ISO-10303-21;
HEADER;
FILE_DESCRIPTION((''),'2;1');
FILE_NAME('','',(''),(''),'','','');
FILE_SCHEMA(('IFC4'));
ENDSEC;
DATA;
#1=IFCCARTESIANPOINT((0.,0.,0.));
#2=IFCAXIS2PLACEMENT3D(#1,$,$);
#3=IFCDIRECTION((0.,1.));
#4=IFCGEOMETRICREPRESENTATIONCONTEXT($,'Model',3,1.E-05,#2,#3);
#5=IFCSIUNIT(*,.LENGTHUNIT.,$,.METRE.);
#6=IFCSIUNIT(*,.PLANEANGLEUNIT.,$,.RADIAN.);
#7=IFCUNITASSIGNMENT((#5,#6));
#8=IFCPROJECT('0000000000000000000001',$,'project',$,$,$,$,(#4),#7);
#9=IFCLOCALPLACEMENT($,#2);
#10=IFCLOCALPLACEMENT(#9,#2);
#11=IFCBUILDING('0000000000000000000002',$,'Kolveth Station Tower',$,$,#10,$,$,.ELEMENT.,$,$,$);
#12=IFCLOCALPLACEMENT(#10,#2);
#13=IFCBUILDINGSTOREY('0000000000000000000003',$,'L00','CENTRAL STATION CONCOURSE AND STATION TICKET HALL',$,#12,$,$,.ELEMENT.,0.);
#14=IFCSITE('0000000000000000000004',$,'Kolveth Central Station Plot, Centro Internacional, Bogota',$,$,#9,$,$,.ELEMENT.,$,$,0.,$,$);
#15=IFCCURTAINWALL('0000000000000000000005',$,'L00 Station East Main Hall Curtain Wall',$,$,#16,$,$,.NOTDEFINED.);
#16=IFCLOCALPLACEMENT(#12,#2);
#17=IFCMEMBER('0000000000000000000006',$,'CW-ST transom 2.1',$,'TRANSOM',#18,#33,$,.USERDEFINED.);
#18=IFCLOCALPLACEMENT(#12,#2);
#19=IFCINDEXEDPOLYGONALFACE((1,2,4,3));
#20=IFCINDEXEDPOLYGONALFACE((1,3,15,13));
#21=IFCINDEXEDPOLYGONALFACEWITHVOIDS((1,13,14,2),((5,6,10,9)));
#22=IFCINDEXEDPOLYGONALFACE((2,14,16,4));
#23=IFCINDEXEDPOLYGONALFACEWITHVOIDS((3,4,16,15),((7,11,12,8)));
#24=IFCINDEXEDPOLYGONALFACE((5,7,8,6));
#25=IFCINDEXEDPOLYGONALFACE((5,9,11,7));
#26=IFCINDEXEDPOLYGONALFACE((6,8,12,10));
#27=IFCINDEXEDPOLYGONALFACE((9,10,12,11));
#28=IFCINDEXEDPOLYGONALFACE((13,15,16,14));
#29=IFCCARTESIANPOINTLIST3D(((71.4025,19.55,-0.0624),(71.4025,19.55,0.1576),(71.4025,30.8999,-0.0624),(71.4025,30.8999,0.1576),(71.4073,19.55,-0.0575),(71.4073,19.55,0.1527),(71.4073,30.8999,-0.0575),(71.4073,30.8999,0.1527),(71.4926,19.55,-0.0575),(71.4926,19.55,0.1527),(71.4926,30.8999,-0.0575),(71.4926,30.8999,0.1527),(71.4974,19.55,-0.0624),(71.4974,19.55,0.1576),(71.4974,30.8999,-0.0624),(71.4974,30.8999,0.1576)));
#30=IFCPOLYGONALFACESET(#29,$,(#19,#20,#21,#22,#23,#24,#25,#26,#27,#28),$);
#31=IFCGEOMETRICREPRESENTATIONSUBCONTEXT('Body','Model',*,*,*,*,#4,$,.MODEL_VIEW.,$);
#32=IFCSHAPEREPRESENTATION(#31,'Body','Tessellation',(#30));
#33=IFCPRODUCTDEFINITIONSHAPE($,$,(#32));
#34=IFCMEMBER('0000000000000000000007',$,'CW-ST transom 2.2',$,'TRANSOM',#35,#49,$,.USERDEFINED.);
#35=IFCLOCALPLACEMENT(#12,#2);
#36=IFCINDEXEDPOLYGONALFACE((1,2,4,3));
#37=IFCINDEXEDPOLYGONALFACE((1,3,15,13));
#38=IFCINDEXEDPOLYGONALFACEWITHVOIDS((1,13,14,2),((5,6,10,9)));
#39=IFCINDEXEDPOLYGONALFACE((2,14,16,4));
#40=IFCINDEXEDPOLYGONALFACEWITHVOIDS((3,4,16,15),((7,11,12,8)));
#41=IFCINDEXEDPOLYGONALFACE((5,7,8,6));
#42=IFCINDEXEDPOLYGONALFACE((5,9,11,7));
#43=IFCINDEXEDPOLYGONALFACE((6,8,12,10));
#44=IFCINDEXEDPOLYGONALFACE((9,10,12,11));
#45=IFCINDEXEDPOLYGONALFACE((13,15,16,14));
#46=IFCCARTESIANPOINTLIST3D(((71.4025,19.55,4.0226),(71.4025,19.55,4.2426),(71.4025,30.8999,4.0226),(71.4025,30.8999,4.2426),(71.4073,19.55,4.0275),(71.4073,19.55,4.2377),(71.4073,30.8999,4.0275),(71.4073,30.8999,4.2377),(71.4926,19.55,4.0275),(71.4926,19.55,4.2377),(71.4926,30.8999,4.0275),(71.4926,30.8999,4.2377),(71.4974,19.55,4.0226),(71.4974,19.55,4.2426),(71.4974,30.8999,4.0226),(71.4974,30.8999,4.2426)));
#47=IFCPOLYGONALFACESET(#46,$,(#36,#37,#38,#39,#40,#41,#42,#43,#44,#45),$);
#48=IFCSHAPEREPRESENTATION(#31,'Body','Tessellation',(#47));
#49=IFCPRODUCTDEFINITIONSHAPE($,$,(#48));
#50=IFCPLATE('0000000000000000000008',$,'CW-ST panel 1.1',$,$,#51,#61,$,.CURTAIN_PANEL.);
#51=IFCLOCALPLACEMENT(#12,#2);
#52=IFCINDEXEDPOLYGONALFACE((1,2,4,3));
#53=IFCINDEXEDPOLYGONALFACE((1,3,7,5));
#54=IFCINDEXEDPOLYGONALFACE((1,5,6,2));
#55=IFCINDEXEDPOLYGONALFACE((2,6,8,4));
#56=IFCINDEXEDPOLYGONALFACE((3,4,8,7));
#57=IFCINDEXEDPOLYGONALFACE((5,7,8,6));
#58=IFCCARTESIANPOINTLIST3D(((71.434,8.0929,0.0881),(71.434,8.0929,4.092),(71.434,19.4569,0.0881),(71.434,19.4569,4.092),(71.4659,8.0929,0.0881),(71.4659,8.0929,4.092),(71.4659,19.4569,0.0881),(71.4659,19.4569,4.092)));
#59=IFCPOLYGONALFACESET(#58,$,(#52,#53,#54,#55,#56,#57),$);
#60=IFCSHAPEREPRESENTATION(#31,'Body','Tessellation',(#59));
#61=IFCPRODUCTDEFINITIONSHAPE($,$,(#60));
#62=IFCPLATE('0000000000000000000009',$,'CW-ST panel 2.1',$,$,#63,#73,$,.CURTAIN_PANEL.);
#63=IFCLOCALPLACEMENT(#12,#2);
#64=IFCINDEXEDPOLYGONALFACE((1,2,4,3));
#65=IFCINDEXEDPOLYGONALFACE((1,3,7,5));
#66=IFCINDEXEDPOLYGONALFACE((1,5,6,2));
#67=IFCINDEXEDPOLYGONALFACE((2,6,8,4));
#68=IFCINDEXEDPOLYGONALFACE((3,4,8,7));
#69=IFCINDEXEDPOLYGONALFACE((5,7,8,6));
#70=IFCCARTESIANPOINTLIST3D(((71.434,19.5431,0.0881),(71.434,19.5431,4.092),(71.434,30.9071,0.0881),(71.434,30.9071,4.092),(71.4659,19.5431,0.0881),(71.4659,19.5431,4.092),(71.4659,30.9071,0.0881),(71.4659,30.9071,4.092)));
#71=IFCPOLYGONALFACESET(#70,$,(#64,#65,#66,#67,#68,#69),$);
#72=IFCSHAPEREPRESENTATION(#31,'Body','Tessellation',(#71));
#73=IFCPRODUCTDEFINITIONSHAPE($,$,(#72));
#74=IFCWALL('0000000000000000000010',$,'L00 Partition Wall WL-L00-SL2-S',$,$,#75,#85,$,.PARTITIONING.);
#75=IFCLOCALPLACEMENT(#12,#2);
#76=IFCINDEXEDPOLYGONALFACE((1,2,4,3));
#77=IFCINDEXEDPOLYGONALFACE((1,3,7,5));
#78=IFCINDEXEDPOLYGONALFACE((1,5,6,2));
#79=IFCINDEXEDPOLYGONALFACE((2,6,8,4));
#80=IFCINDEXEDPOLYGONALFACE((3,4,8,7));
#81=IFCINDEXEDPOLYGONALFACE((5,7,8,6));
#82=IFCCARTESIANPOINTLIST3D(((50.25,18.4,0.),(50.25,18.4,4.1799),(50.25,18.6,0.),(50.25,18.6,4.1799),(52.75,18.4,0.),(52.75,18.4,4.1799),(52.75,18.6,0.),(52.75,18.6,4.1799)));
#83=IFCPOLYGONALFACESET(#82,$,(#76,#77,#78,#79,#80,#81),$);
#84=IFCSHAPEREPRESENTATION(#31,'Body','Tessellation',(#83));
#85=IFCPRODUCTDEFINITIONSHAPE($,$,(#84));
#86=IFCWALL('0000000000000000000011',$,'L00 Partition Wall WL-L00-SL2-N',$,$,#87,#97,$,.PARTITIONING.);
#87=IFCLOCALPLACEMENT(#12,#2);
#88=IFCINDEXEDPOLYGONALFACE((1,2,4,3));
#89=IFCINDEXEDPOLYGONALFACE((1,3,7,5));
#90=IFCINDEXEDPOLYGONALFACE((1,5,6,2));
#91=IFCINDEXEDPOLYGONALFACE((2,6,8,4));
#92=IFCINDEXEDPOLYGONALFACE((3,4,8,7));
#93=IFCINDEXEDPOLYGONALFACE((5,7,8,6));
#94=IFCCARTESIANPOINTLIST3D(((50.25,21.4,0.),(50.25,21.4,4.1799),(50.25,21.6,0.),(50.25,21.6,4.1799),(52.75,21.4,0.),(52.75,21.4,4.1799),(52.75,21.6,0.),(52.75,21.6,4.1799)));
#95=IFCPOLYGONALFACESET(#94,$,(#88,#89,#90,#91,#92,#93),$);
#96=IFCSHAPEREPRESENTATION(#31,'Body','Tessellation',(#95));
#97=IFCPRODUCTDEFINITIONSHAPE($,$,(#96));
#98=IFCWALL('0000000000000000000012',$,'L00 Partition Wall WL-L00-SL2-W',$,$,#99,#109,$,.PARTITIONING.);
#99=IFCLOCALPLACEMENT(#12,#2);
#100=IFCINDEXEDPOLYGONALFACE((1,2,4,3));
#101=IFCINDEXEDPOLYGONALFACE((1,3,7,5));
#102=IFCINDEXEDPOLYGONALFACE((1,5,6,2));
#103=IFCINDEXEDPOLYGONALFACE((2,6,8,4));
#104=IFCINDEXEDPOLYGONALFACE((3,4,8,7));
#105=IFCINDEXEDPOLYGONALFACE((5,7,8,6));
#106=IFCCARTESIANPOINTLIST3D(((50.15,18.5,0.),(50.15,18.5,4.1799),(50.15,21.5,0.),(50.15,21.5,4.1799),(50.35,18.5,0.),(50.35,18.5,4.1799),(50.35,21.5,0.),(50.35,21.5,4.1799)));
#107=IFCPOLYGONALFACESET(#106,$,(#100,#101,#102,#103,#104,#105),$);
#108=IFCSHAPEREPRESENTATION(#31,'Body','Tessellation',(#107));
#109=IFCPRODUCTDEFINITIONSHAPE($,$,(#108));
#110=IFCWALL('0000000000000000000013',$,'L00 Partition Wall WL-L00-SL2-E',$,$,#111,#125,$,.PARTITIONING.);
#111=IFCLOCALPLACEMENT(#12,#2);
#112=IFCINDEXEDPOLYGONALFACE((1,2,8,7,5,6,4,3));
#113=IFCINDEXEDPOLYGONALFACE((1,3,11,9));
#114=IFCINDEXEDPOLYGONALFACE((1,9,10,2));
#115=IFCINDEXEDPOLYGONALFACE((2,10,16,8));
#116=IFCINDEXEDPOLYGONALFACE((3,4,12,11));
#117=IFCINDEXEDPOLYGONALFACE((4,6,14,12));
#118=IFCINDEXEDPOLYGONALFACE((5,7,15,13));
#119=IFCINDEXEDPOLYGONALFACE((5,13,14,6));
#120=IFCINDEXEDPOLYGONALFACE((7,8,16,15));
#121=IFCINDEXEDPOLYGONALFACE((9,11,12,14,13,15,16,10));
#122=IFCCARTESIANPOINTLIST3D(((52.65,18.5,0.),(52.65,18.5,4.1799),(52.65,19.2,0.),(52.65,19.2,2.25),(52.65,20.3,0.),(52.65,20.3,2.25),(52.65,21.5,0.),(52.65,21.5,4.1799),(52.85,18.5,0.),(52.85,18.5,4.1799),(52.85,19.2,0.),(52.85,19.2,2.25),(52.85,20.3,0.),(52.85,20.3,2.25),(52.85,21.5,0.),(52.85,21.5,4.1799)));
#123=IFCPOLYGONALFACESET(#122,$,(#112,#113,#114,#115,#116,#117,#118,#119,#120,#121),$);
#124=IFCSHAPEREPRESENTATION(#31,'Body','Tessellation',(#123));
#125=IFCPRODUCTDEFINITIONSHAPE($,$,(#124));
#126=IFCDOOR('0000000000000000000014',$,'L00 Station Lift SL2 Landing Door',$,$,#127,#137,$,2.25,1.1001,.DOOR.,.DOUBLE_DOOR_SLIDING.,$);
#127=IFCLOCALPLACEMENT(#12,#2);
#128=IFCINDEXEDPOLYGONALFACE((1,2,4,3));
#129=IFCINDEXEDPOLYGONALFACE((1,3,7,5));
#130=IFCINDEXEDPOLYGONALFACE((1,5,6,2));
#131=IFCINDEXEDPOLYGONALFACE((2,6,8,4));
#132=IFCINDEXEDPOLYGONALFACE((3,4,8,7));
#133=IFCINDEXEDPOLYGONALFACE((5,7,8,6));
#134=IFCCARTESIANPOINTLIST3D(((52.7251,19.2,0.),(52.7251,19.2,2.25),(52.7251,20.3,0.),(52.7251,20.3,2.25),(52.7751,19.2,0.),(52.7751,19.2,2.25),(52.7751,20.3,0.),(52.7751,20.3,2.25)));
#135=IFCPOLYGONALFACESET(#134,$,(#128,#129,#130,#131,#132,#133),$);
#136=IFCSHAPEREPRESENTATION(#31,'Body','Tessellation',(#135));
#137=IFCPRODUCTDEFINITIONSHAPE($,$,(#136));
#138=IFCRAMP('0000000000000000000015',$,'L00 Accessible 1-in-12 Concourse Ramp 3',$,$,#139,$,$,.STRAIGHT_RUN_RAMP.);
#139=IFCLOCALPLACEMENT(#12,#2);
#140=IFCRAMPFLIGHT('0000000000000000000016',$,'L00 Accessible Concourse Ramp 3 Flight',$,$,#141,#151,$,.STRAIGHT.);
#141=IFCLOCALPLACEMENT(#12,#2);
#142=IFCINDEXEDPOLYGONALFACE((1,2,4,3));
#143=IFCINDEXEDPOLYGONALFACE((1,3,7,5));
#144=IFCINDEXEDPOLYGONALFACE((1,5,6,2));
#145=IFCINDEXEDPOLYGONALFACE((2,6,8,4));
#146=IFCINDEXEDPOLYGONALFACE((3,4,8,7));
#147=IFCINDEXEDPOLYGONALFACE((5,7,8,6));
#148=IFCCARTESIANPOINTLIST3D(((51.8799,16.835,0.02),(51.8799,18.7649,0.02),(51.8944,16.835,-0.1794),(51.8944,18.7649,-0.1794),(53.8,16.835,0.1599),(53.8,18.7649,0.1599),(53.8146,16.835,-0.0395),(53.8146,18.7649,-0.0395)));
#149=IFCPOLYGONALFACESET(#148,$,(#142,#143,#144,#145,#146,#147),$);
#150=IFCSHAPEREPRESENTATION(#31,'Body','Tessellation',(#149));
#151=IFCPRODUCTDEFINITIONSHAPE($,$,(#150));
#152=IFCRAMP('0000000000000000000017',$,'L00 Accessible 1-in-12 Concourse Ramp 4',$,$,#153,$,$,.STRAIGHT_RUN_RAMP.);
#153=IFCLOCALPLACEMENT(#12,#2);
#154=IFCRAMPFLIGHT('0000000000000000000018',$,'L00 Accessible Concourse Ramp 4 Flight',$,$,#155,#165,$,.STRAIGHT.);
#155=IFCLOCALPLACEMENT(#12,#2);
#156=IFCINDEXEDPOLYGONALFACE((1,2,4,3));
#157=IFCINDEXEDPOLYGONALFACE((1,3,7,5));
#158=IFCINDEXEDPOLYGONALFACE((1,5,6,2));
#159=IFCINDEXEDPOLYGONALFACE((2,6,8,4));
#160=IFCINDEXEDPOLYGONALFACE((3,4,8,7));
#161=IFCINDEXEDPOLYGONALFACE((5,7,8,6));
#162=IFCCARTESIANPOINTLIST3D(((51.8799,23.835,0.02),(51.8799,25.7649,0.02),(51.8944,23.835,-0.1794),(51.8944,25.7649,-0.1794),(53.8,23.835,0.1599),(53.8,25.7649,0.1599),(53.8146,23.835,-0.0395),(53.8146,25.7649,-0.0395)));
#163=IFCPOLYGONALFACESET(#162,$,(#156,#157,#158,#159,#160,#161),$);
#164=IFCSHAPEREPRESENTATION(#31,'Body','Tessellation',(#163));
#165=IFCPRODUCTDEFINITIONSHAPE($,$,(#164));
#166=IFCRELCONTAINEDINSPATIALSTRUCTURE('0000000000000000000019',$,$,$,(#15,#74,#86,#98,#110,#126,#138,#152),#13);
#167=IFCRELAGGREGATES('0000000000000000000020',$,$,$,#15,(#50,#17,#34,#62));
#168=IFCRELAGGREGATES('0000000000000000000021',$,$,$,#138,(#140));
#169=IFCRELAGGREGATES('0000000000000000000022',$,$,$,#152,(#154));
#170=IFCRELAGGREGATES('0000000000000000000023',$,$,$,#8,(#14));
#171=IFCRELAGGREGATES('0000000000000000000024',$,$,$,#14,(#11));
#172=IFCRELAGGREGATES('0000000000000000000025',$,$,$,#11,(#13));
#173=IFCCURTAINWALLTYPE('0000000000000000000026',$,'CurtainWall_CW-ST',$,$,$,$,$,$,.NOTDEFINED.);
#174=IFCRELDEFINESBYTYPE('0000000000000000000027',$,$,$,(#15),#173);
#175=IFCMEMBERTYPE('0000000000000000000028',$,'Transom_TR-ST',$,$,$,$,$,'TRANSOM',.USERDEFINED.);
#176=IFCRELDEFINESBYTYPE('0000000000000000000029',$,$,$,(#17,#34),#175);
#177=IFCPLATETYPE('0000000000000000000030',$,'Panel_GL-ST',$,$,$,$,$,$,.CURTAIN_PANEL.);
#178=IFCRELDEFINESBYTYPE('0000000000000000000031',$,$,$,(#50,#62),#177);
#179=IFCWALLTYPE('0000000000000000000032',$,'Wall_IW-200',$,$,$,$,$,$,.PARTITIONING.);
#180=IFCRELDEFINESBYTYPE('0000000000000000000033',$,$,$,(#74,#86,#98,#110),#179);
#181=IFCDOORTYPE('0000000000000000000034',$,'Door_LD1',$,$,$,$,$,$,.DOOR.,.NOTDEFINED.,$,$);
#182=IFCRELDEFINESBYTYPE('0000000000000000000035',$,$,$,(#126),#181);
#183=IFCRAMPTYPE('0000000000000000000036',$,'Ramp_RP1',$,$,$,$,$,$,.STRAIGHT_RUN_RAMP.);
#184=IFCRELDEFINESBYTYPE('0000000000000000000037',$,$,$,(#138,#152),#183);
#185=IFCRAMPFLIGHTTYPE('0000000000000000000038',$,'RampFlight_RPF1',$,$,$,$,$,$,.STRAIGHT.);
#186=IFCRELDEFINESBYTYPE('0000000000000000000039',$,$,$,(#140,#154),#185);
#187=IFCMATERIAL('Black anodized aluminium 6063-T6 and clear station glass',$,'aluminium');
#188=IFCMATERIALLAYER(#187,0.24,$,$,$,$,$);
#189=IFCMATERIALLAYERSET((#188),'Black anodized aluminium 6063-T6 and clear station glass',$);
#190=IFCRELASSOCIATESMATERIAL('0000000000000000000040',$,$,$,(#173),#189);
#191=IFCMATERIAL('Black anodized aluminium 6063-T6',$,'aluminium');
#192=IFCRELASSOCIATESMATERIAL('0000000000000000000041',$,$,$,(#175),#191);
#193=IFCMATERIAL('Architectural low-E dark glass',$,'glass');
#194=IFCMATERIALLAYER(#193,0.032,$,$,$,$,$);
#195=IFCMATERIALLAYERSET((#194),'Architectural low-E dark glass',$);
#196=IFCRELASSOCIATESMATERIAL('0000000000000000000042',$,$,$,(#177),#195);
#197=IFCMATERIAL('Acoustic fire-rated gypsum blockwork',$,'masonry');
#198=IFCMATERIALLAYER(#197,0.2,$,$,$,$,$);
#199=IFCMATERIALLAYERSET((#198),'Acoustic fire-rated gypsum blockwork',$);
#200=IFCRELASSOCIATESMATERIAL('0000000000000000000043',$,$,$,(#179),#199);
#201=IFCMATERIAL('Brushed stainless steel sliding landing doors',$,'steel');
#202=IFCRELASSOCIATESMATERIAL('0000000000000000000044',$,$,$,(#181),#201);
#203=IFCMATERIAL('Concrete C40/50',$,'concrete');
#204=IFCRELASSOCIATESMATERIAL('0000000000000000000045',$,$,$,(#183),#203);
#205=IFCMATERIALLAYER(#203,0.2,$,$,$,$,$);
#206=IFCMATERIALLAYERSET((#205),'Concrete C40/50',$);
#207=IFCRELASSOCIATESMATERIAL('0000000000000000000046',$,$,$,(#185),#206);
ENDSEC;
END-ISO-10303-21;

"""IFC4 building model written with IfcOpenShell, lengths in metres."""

from ifc_helpers import new_model, si_unit, direction, frame, frame_2d, origin, origin_2d, place, context, subcontext, project, spatial, polyline, rectangle, hollow_rectangle, outline, extrude, source, transform, mapped, material, layer, layer_set, material_profile, profile_set, type_object, element, fill, aggregate, save


model = new_model("IFC4")

# Units and contexts
model_context = context("Model", 3, precision=1e-05, world=origin(), true_north=direction((0.0, 1.0)))
body_context = subcontext(model_context, "Body", "Model", "MODEL_VIEW")
ifc_project = project(units=[si_unit("LENGTHUNIT", "METRE"), si_unit("PLANEANGLEUNIT", "RADIAN")], contexts=[model_context])

# Site, building, storey
site_placement = place(None, origin())
site = spatial("IfcSite", under=ifc_project, at=site_placement, Name="Kolveth Central Station Plot, Centro Internacional, Bogota", CompositionType="ELEMENT", RefElevation=0.0)
building_placement = place(site_placement, origin())
building = spatial("IfcBuilding", under=site, at=building_placement, Name="Kolveth Station Tower", CompositionType="ELEMENT")
storey_placement = place(building_placement, origin())
storey = spatial("IfcBuildingStorey", under=building, at=storey_placement, Name="L00", Description="CENTRAL STATION CONCOURSE AND STATION TICKET HALL", CompositionType="ELEMENT", Elevation=0.0)

# Curtain wall, members, plates
ifc_material_1 = material(Name="Black anodized aluminium 6063-T6 and clear station glass", Category="aluminium")
ifc_layer_1 = layer(ifc_material_1, 0.24)
ifc_layer_set_1 = layer_set([ifc_layer_1], Name="Black anodized aluminium 6063-T6 and clear station glass")
curtain_wall_type = type_object("IfcCurtainWallType", Name="CurtainWall_CW-ST", PredefinedType="NOTDEFINED", material=ifc_layer_set_1)
curtain_wall_placement = place(storey_placement, origin())
curtain_wall = element("IfcCurtainWall", 1, at=curtain_wall_placement, inside=storey, type_object=curtain_wall_type, Name="L00 Station East Main Hall Curtain Wall", PredefinedType="NOTDEFINED")
ifc_material_2 = material(Name="Black anodized aluminium 6063-T6", Category="aluminium")
ifc_material_profile_1 = material_profile(ifc_material_2, hollow_rectangle(XDim=0.095, YDim=0.22, WallThickness=0.0049, at=origin_2d()), Name="ALU-95x220x5")
ifc_profile_set_1 = profile_set([ifc_material_profile_1], Name="Black anodized aluminium 6063-T6")
member_type_1 = type_object("IfcMemberType", Name="Transom_TR-ST", ElementType="TRANSOM", PredefinedType="USERDEFINED", material=ifc_profile_set_1)
shared_shape_1 = source(origin(), body_context, "Body", "SweptSolid", [
    extrude(hollow_rectangle(XDim=0.095, YDim=0.22, WallThickness=0.0049, at=origin_2d()), origin(), (0.0, 0.0, 1.0), 11.3499),
])
member_1_placement = place(storey_placement, frame((71.45, 19.55, 0.0476), z_axis=(0.0, 1.0, 0.0), x_axis=(-1.0, 0.0, 0.0)))
member_1 = element("IfcMember", 2, at=member_1_placement, type_object=member_type_1, Name="CW-ST transom 2.1", ObjectType="TRANSOM", PredefinedType="USERDEFINED", context=body_context, shape_type="MappedRepresentation", body=[
    mapped(shared_shape_1, transform((0.0, 0.0, 0.0), x_axis=(1.0, 0.0, 0.0), y_axis=(0.0, 1.0, 0.0), z_axis=(0.0, 0.0, 1.0), scale=1.0)),
])
member_2_placement = place(storey_placement, frame((71.45, 19.55, 4.1326), z_axis=(0.0, 1.0, 0.0), x_axis=(-1.0, 0.0, 0.0)))
member_2 = element("IfcMember", 3, at=member_2_placement, type_object=member_type_1, Name="CW-ST transom 2.2", ObjectType="TRANSOM", PredefinedType="USERDEFINED", context=body_context, shape_type="MappedRepresentation", body=[
    mapped(shared_shape_1, transform((0.0, 0.0, 0.0), x_axis=(1.0, 0.0, 0.0), y_axis=(0.0, 1.0, 0.0), z_axis=(0.0, 0.0, 1.0), scale=1.0)),
])
ifc_material_3 = material(Name="Architectural low-E dark glass", Category="glass")
ifc_layer_2 = layer(ifc_material_3, 0.032)
ifc_layer_set_2 = layer_set([ifc_layer_2], Name="Architectural low-E dark glass")
plate_type = type_object("IfcPlateType", Name="Panel_GL-ST", PredefinedType="CURTAIN_PANEL", material=ifc_layer_set_2)
shared_shape_2 = source(origin(), body_context, "Body", "SweptSolid", [
    extrude(rectangle(XDim=11.364, YDim=0.032, at=origin_2d()), origin(), (0.0, 0.0, 1.0), 4.0039),
])
plate_1_placement = place(storey_placement, frame((71.45, 13.7749, 0.0881), z_axis=(0.0, 0.0, 1.0), x_axis=(0.0, 1.0, 0.0)))
plate_1 = element("IfcPlate", 4, at=plate_1_placement, type_object=plate_type, Name="CW-ST panel 1.1", PredefinedType="CURTAIN_PANEL", context=body_context, shape_type="MappedRepresentation", body=[
    mapped(shared_shape_2, transform((0.0, 0.0, 0.0), x_axis=(1.0, 0.0, 0.0), y_axis=(0.0, 1.0, 0.0), z_axis=(0.0, 0.0, 1.0), scale=1.0)),
])
plate_2_placement = place(storey_placement, frame((71.45, 25.2251, 0.0881), z_axis=(0.0, 0.0, 1.0), x_axis=(0.0, 1.0, 0.0)))
plate_2 = element("IfcPlate", 5, at=plate_2_placement, type_object=plate_type, Name="CW-ST panel 2.1", PredefinedType="CURTAIN_PANEL", context=body_context, shape_type="MappedRepresentation", body=[
    mapped(shared_shape_2, transform((0.0, 0.0, 0.0), x_axis=(1.0, 0.0, 0.0), y_axis=(0.0, 1.0, 0.0), z_axis=(0.0, 0.0, 1.0), scale=1.0)),
])
aggregate(curtain_wall, [plate_1, member_1, member_2, plate_2])

# Walls
ifc_material_4 = material(Name="Acoustic fire-rated gypsum blockwork", Category="masonry")
ifc_layer_3 = layer(ifc_material_4, 0.2)
ifc_layer_set_3 = layer_set([ifc_layer_3], Name="Acoustic fire-rated gypsum blockwork")
wall_type = type_object("IfcWallType", Name="Wall_IW-200", PredefinedType="PARTITIONING", material=ifc_layer_set_3)
for number, where, z_axis, x_axis, name in (
    (6, (50.25, 18.5, 0.0), (0.0, 0.0, 1.0), (1.0, 0.0, 0.0), "L00 Partition Wall WL-L00-SL2-S"),
    (7, (50.25, 21.5, 0.0), (0.0, 0.0, 1.0), (1.0, 0.0, 0.0), "L00 Partition Wall WL-L00-SL2-N"),
):
    element("IfcWall", number, at=place(storey_placement, frame(where, z_axis=z_axis, x_axis=x_axis)), inside=storey, type_object=wall_type, Name=name, PredefinedType="PARTITIONING", context=body_context, shape_type="SweptSolid", body=[
        extrude(rectangle(XDim=2.5, YDim=0.2, at=frame_2d((1.25, 0.0))), origin(), (0.0, 0.0, 1.0), 4.1799),
    ])
wall_1_placement = place(storey_placement, frame((50.25, 18.5, 0.0), z_axis=(0.0, 0.0, 1.0), x_axis=(0.0, 1.0, 0.0)))
element("IfcWall", 8, at=wall_1_placement, inside=storey, type_object=wall_type, Name="L00 Partition Wall WL-L00-SL2-W", PredefinedType="PARTITIONING", context=body_context, shape_type="SweptSolid", body=[
    extrude(rectangle(XDim=3.0, YDim=0.2, at=frame_2d((1.5, 0.0))), origin(), (0.0, 0.0, 1.0), 4.1799),
])

# Wall, opening, door
wall_2_placement = place(storey_placement, frame((52.75, 18.5, 0.0), z_axis=(0.0, 0.0, 1.0), x_axis=(0.0, 1.0, 0.0)))
wall_2 = element("IfcWall", 9, at=wall_2_placement, inside=storey, type_object=wall_type, Name="L00 Partition Wall WL-L00-SL2-E", PredefinedType="PARTITIONING", context=body_context, shape_type="SweptSolid", body=[
    extrude(rectangle(XDim=3.0, YDim=0.2, at=frame_2d((1.5, 0.0))), origin(), (0.0, 0.0, 1.0), 4.1799),
])
opening_placement = place(wall_2_placement, frame((0.7, 0.0, 0.0)))
opening = element("IfcOpeningElement", 10, at=opening_placement, cuts=wall_2, PredefinedType="OPENING", context=body_context, shape_type="SweptSolid", body=[
    extrude(rectangle(XDim=1.1001, YDim=2.25, at=frame_2d((0.55, 1.125))), frame((0.0, 0.1099, 0.0), z_axis=(0.0, -1.0, 0.0), x_axis=(1.0, 0.0, 0.0)), (0.0, 0.0, 1.0), 0.22),
])
ifc_material_5 = material(Name="Brushed stainless steel sliding landing doors", Category="steel")
door_type = type_object("IfcDoorType", Name="Door_LD1", OperationType="NOTDEFINED", PredefinedType="DOOR", material=ifc_material_5)
door_placement = place(opening_placement, origin())
door = element("IfcDoor", 11, at=door_placement, inside=storey, type_object=door_type, Name="L00 Station Lift SL2 Landing Door", OperationType="DOUBLE_DOOR_SLIDING", OverallHeight=2.25, OverallWidth=1.1001, PredefinedType="DOOR", context=body_context, shape_type="SweptSolid", body=[
    extrude(rectangle(XDim=1.1001, YDim=2.25, at=frame_2d((0.55, 1.125))), frame((0.0, 0.0249, 0.0), z_axis=(0.0, -1.0, 0.0), x_axis=(1.0, 0.0, 0.0)), (0.0, 0.0, 1.0), 0.05),
])
fill(opening, door)

# Ramps, ramp flights
ifc_material_6 = material(Name="Concrete C40/50", Category="concrete")
ramp_type = type_object("IfcRampType", Name="Ramp_RP1", PredefinedType="STRAIGHT_RUN_RAMP", material=ifc_material_6)
ramp_1_placement = place(storey_placement, origin())
ramp_1 = element("IfcRamp", 12, at=ramp_1_placement, inside=storey, type_object=ramp_type, Name="L00 Accessible 1-in-12 Concourse Ramp 3", PredefinedType="STRAIGHT_RUN_RAMP")
ifc_layer_4 = layer(ifc_material_6, 0.2)
ifc_layer_set_4 = layer_set([ifc_layer_4], Name="Concrete C40/50")
ramp_flight_type = type_object("IfcRampFlightType", Name="RampFlight_RPF1", PredefinedType="STRAIGHT", material=ifc_layer_set_4)
ramp_flight_1_placement = place(storey_placement, frame((51.8799, 16.835, 0.02), z_axis=(-0.072662, 0.0, 0.997357), x_axis=(0.997357, 0.0, 0.072662)))
ramp_flight_1 = element("IfcRampFlight", 13, at=ramp_flight_1_placement, type_object=ramp_flight_type, Name="L00 Accessible Concourse Ramp 3 Flight", PredefinedType="STRAIGHT", context=body_context, shape_type="SweptSolid", body=[
    extrude(outline(polyline([(0.0, 0.0), (1.9253, 0.0), (1.9253, 1.9299), (0.0, 1.9299), (0.0, 0.0)])), origin(), (0.0, 0.0, -1.0), 0.2),
])
aggregate(ramp_1, [ramp_flight_1])
ramp_2_placement = place(storey_placement, origin())
ramp_2 = element("IfcRamp", 14, at=ramp_2_placement, inside=storey, type_object=ramp_type, Name="L00 Accessible 1-in-12 Concourse Ramp 4", PredefinedType="STRAIGHT_RUN_RAMP")
ramp_flight_2_placement = place(storey_placement, frame((51.8799, 23.835, 0.02), z_axis=(-0.072662, 0.0, 0.997357), x_axis=(0.997357, 0.0, 0.072662)))
ramp_flight_2 = element("IfcRampFlight", 15, at=ramp_flight_2_placement, type_object=ramp_flight_type, Name="L00 Accessible Concourse Ramp 4 Flight", PredefinedType="STRAIGHT", context=body_context, shape_type="SweptSolid", body=[
    extrude(outline(polyline([(0.0, 0.0), (1.9253, 0.0), (1.9253, 1.9299), (0.0, 1.9299), (0.0, 0.0)])), origin(), (0.0, 0.0, -1.0), 0.2),
])
aggregate(ramp_2, [ramp_flight_2])

save(model, "model.ifc")
